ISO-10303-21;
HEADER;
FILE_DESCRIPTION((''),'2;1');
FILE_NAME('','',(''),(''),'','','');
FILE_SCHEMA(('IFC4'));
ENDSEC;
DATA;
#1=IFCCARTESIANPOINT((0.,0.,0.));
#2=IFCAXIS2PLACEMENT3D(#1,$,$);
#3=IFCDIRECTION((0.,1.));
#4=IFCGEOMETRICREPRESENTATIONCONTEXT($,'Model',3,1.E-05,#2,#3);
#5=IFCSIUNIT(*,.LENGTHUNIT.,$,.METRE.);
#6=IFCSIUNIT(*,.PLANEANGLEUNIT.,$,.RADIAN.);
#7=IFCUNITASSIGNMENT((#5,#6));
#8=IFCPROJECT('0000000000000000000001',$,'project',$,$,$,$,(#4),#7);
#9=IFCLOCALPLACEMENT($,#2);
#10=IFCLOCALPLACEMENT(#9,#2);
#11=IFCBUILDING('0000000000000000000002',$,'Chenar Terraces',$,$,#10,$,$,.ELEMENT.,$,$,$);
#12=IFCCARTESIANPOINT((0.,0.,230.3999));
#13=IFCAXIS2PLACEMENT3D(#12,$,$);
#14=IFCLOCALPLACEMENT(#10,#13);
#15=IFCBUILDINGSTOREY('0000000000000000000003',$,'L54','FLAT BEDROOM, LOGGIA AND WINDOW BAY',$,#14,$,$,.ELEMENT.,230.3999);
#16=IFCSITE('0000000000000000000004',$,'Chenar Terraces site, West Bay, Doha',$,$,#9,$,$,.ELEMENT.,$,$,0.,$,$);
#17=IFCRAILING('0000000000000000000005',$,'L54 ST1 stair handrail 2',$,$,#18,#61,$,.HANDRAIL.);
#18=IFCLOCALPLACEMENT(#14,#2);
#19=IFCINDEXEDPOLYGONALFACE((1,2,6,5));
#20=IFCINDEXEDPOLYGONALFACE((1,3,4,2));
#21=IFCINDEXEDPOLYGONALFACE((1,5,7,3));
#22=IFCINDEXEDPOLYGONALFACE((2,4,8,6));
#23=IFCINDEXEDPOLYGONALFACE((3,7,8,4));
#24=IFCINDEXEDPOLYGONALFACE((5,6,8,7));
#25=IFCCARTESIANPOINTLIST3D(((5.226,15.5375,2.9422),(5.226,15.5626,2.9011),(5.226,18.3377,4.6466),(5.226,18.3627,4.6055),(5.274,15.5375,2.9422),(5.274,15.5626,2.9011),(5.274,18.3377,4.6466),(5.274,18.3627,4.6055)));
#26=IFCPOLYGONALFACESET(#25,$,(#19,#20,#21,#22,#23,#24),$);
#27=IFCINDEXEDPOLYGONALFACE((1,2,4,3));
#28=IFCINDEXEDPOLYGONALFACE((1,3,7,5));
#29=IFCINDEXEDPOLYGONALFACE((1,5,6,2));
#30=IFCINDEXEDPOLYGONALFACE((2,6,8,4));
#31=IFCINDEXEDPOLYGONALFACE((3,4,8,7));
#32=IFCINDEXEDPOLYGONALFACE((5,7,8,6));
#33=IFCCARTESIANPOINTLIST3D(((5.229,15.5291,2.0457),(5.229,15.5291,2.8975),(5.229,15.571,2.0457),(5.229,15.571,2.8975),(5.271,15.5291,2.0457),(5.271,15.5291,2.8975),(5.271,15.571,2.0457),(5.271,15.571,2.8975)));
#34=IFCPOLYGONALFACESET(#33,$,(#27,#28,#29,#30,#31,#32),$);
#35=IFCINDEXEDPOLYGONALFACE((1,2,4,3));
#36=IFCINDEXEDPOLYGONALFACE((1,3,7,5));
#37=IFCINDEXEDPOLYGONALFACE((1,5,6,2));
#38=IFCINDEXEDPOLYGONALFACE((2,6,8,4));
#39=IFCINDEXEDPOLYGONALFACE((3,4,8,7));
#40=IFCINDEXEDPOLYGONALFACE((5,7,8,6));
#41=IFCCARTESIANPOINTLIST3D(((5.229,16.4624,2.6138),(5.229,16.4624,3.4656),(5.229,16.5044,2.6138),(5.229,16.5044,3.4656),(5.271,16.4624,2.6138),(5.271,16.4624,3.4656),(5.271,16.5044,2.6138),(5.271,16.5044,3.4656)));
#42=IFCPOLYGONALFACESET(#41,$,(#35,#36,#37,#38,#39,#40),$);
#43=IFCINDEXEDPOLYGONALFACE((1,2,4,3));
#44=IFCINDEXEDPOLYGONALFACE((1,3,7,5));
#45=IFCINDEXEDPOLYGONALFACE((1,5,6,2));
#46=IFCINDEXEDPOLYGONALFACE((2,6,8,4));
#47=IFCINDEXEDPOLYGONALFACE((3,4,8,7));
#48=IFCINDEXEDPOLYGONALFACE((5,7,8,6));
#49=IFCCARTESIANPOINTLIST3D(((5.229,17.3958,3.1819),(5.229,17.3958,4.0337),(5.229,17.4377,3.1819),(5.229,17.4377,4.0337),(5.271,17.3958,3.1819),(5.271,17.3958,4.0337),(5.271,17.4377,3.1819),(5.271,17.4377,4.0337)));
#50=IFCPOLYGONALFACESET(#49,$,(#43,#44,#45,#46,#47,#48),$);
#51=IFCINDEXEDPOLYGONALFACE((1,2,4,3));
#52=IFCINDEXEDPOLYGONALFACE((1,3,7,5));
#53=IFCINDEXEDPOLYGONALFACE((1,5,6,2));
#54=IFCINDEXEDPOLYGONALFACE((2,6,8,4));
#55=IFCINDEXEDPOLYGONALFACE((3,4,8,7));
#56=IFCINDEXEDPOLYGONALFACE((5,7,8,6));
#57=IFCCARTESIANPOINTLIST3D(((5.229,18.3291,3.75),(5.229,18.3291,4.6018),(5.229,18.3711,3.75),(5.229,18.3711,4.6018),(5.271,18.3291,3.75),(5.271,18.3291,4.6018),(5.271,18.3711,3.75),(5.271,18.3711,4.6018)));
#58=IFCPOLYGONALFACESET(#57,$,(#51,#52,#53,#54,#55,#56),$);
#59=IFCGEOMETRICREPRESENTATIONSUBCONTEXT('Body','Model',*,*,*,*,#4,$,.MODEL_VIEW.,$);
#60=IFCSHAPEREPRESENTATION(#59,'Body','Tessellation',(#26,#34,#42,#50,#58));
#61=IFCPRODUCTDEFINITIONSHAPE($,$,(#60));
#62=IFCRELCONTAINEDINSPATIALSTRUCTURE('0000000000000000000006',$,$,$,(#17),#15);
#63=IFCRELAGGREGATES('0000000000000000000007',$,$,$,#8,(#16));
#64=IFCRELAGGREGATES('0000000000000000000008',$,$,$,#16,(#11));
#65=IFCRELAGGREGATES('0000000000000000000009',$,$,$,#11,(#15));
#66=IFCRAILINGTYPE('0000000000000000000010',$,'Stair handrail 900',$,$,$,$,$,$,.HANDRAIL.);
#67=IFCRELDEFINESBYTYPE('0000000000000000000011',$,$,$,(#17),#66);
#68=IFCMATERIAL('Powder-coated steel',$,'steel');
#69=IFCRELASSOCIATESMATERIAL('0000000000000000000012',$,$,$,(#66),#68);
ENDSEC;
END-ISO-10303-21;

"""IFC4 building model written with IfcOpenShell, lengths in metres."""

from ifc_helpers import new_model, si_unit, direction, frame, origin, origin_2d, place, context, subcontext, project, spatial, rectangle, extrude, material, type_object, element, save


model = new_model("IFC4")

# Units and contexts
model_context = context("Model", 3, precision=1e-05, world=origin(), true_north=direction((0.0, 1.0)))
body_context = subcontext(model_context, "Body", "Model", "MODEL_VIEW")
ifc_project = project(units=[si_unit("LENGTHUNIT", "METRE"), si_unit("PLANEANGLEUNIT", "RADIAN")], contexts=[model_context])

# Site, building, storey
site_placement = place(None, origin())
site = spatial("IfcSite", under=ifc_project, at=site_placement, Name="Chenar Terraces site, West Bay, Doha", CompositionType="ELEMENT", RefElevation=0.0)
building_placement = place(site_placement, origin())
building = spatial("IfcBuilding", under=site, at=building_placement, Name="Chenar Terraces", CompositionType="ELEMENT")
storey_placement = place(building_placement, frame((0.0, 0.0, 230.3999)))
storey = spatial("IfcBuildingStorey", under=building, at=storey_placement, Name="L54", Description="FLAT BEDROOM, LOGGIA AND WINDOW BAY", CompositionType="ELEMENT", Elevation=230.3999)

# Railing
ifc_material_1 = material(Name="Powder-coated steel", Category="steel")
railing_type_1 = type_object("IfcRailingType", Name="Stair handrail 900", PredefinedType="HANDRAIL", material=ifc_material_1)
railing_1_placement = place(storey_placement, frame((5.25, 15.55, 2.0457)))
element("IfcRailing", 1, at=railing_1_placement, inside=storey, type_object=railing_type_1, Name="L54 ST1 stair handrail 2", PredefinedType="HANDRAIL", context=body_context, shape_type="SweptSolid", body=[
    extrude(rectangle(XDim=0.0481, YDim=0.0481, at=origin_2d()), frame((0.0, 0.0, 0.876), z_axis=(0.0, 0.854203, 0.51994), x_axis=(-1.0, 0.0, 0.0)), (0.0, 0.0, 1.0), 3.2781),
    extrude(rectangle(XDim=0.042, YDim=0.042, at=origin_2d()), origin(), (0.0, 0.0, 1.0), 0.8518),
    extrude(rectangle(XDim=0.042, YDim=0.042, at=origin_2d()), frame((0.0, 0.9333, 0.5681)), (0.0, 0.0, 1.0), 0.8518),
    extrude(rectangle(XDim=0.042, YDim=0.042, at=origin_2d()), frame((0.0, 1.8667, 1.1362)), (0.0, 0.0, 1.0), 0.8518),
    extrude(rectangle(XDim=0.042, YDim=0.042, at=origin_2d()), frame((0.0, 2.8, 1.7043)), (0.0, 0.0, 1.0), 0.8518),
])

save(model, "model.ifc")
